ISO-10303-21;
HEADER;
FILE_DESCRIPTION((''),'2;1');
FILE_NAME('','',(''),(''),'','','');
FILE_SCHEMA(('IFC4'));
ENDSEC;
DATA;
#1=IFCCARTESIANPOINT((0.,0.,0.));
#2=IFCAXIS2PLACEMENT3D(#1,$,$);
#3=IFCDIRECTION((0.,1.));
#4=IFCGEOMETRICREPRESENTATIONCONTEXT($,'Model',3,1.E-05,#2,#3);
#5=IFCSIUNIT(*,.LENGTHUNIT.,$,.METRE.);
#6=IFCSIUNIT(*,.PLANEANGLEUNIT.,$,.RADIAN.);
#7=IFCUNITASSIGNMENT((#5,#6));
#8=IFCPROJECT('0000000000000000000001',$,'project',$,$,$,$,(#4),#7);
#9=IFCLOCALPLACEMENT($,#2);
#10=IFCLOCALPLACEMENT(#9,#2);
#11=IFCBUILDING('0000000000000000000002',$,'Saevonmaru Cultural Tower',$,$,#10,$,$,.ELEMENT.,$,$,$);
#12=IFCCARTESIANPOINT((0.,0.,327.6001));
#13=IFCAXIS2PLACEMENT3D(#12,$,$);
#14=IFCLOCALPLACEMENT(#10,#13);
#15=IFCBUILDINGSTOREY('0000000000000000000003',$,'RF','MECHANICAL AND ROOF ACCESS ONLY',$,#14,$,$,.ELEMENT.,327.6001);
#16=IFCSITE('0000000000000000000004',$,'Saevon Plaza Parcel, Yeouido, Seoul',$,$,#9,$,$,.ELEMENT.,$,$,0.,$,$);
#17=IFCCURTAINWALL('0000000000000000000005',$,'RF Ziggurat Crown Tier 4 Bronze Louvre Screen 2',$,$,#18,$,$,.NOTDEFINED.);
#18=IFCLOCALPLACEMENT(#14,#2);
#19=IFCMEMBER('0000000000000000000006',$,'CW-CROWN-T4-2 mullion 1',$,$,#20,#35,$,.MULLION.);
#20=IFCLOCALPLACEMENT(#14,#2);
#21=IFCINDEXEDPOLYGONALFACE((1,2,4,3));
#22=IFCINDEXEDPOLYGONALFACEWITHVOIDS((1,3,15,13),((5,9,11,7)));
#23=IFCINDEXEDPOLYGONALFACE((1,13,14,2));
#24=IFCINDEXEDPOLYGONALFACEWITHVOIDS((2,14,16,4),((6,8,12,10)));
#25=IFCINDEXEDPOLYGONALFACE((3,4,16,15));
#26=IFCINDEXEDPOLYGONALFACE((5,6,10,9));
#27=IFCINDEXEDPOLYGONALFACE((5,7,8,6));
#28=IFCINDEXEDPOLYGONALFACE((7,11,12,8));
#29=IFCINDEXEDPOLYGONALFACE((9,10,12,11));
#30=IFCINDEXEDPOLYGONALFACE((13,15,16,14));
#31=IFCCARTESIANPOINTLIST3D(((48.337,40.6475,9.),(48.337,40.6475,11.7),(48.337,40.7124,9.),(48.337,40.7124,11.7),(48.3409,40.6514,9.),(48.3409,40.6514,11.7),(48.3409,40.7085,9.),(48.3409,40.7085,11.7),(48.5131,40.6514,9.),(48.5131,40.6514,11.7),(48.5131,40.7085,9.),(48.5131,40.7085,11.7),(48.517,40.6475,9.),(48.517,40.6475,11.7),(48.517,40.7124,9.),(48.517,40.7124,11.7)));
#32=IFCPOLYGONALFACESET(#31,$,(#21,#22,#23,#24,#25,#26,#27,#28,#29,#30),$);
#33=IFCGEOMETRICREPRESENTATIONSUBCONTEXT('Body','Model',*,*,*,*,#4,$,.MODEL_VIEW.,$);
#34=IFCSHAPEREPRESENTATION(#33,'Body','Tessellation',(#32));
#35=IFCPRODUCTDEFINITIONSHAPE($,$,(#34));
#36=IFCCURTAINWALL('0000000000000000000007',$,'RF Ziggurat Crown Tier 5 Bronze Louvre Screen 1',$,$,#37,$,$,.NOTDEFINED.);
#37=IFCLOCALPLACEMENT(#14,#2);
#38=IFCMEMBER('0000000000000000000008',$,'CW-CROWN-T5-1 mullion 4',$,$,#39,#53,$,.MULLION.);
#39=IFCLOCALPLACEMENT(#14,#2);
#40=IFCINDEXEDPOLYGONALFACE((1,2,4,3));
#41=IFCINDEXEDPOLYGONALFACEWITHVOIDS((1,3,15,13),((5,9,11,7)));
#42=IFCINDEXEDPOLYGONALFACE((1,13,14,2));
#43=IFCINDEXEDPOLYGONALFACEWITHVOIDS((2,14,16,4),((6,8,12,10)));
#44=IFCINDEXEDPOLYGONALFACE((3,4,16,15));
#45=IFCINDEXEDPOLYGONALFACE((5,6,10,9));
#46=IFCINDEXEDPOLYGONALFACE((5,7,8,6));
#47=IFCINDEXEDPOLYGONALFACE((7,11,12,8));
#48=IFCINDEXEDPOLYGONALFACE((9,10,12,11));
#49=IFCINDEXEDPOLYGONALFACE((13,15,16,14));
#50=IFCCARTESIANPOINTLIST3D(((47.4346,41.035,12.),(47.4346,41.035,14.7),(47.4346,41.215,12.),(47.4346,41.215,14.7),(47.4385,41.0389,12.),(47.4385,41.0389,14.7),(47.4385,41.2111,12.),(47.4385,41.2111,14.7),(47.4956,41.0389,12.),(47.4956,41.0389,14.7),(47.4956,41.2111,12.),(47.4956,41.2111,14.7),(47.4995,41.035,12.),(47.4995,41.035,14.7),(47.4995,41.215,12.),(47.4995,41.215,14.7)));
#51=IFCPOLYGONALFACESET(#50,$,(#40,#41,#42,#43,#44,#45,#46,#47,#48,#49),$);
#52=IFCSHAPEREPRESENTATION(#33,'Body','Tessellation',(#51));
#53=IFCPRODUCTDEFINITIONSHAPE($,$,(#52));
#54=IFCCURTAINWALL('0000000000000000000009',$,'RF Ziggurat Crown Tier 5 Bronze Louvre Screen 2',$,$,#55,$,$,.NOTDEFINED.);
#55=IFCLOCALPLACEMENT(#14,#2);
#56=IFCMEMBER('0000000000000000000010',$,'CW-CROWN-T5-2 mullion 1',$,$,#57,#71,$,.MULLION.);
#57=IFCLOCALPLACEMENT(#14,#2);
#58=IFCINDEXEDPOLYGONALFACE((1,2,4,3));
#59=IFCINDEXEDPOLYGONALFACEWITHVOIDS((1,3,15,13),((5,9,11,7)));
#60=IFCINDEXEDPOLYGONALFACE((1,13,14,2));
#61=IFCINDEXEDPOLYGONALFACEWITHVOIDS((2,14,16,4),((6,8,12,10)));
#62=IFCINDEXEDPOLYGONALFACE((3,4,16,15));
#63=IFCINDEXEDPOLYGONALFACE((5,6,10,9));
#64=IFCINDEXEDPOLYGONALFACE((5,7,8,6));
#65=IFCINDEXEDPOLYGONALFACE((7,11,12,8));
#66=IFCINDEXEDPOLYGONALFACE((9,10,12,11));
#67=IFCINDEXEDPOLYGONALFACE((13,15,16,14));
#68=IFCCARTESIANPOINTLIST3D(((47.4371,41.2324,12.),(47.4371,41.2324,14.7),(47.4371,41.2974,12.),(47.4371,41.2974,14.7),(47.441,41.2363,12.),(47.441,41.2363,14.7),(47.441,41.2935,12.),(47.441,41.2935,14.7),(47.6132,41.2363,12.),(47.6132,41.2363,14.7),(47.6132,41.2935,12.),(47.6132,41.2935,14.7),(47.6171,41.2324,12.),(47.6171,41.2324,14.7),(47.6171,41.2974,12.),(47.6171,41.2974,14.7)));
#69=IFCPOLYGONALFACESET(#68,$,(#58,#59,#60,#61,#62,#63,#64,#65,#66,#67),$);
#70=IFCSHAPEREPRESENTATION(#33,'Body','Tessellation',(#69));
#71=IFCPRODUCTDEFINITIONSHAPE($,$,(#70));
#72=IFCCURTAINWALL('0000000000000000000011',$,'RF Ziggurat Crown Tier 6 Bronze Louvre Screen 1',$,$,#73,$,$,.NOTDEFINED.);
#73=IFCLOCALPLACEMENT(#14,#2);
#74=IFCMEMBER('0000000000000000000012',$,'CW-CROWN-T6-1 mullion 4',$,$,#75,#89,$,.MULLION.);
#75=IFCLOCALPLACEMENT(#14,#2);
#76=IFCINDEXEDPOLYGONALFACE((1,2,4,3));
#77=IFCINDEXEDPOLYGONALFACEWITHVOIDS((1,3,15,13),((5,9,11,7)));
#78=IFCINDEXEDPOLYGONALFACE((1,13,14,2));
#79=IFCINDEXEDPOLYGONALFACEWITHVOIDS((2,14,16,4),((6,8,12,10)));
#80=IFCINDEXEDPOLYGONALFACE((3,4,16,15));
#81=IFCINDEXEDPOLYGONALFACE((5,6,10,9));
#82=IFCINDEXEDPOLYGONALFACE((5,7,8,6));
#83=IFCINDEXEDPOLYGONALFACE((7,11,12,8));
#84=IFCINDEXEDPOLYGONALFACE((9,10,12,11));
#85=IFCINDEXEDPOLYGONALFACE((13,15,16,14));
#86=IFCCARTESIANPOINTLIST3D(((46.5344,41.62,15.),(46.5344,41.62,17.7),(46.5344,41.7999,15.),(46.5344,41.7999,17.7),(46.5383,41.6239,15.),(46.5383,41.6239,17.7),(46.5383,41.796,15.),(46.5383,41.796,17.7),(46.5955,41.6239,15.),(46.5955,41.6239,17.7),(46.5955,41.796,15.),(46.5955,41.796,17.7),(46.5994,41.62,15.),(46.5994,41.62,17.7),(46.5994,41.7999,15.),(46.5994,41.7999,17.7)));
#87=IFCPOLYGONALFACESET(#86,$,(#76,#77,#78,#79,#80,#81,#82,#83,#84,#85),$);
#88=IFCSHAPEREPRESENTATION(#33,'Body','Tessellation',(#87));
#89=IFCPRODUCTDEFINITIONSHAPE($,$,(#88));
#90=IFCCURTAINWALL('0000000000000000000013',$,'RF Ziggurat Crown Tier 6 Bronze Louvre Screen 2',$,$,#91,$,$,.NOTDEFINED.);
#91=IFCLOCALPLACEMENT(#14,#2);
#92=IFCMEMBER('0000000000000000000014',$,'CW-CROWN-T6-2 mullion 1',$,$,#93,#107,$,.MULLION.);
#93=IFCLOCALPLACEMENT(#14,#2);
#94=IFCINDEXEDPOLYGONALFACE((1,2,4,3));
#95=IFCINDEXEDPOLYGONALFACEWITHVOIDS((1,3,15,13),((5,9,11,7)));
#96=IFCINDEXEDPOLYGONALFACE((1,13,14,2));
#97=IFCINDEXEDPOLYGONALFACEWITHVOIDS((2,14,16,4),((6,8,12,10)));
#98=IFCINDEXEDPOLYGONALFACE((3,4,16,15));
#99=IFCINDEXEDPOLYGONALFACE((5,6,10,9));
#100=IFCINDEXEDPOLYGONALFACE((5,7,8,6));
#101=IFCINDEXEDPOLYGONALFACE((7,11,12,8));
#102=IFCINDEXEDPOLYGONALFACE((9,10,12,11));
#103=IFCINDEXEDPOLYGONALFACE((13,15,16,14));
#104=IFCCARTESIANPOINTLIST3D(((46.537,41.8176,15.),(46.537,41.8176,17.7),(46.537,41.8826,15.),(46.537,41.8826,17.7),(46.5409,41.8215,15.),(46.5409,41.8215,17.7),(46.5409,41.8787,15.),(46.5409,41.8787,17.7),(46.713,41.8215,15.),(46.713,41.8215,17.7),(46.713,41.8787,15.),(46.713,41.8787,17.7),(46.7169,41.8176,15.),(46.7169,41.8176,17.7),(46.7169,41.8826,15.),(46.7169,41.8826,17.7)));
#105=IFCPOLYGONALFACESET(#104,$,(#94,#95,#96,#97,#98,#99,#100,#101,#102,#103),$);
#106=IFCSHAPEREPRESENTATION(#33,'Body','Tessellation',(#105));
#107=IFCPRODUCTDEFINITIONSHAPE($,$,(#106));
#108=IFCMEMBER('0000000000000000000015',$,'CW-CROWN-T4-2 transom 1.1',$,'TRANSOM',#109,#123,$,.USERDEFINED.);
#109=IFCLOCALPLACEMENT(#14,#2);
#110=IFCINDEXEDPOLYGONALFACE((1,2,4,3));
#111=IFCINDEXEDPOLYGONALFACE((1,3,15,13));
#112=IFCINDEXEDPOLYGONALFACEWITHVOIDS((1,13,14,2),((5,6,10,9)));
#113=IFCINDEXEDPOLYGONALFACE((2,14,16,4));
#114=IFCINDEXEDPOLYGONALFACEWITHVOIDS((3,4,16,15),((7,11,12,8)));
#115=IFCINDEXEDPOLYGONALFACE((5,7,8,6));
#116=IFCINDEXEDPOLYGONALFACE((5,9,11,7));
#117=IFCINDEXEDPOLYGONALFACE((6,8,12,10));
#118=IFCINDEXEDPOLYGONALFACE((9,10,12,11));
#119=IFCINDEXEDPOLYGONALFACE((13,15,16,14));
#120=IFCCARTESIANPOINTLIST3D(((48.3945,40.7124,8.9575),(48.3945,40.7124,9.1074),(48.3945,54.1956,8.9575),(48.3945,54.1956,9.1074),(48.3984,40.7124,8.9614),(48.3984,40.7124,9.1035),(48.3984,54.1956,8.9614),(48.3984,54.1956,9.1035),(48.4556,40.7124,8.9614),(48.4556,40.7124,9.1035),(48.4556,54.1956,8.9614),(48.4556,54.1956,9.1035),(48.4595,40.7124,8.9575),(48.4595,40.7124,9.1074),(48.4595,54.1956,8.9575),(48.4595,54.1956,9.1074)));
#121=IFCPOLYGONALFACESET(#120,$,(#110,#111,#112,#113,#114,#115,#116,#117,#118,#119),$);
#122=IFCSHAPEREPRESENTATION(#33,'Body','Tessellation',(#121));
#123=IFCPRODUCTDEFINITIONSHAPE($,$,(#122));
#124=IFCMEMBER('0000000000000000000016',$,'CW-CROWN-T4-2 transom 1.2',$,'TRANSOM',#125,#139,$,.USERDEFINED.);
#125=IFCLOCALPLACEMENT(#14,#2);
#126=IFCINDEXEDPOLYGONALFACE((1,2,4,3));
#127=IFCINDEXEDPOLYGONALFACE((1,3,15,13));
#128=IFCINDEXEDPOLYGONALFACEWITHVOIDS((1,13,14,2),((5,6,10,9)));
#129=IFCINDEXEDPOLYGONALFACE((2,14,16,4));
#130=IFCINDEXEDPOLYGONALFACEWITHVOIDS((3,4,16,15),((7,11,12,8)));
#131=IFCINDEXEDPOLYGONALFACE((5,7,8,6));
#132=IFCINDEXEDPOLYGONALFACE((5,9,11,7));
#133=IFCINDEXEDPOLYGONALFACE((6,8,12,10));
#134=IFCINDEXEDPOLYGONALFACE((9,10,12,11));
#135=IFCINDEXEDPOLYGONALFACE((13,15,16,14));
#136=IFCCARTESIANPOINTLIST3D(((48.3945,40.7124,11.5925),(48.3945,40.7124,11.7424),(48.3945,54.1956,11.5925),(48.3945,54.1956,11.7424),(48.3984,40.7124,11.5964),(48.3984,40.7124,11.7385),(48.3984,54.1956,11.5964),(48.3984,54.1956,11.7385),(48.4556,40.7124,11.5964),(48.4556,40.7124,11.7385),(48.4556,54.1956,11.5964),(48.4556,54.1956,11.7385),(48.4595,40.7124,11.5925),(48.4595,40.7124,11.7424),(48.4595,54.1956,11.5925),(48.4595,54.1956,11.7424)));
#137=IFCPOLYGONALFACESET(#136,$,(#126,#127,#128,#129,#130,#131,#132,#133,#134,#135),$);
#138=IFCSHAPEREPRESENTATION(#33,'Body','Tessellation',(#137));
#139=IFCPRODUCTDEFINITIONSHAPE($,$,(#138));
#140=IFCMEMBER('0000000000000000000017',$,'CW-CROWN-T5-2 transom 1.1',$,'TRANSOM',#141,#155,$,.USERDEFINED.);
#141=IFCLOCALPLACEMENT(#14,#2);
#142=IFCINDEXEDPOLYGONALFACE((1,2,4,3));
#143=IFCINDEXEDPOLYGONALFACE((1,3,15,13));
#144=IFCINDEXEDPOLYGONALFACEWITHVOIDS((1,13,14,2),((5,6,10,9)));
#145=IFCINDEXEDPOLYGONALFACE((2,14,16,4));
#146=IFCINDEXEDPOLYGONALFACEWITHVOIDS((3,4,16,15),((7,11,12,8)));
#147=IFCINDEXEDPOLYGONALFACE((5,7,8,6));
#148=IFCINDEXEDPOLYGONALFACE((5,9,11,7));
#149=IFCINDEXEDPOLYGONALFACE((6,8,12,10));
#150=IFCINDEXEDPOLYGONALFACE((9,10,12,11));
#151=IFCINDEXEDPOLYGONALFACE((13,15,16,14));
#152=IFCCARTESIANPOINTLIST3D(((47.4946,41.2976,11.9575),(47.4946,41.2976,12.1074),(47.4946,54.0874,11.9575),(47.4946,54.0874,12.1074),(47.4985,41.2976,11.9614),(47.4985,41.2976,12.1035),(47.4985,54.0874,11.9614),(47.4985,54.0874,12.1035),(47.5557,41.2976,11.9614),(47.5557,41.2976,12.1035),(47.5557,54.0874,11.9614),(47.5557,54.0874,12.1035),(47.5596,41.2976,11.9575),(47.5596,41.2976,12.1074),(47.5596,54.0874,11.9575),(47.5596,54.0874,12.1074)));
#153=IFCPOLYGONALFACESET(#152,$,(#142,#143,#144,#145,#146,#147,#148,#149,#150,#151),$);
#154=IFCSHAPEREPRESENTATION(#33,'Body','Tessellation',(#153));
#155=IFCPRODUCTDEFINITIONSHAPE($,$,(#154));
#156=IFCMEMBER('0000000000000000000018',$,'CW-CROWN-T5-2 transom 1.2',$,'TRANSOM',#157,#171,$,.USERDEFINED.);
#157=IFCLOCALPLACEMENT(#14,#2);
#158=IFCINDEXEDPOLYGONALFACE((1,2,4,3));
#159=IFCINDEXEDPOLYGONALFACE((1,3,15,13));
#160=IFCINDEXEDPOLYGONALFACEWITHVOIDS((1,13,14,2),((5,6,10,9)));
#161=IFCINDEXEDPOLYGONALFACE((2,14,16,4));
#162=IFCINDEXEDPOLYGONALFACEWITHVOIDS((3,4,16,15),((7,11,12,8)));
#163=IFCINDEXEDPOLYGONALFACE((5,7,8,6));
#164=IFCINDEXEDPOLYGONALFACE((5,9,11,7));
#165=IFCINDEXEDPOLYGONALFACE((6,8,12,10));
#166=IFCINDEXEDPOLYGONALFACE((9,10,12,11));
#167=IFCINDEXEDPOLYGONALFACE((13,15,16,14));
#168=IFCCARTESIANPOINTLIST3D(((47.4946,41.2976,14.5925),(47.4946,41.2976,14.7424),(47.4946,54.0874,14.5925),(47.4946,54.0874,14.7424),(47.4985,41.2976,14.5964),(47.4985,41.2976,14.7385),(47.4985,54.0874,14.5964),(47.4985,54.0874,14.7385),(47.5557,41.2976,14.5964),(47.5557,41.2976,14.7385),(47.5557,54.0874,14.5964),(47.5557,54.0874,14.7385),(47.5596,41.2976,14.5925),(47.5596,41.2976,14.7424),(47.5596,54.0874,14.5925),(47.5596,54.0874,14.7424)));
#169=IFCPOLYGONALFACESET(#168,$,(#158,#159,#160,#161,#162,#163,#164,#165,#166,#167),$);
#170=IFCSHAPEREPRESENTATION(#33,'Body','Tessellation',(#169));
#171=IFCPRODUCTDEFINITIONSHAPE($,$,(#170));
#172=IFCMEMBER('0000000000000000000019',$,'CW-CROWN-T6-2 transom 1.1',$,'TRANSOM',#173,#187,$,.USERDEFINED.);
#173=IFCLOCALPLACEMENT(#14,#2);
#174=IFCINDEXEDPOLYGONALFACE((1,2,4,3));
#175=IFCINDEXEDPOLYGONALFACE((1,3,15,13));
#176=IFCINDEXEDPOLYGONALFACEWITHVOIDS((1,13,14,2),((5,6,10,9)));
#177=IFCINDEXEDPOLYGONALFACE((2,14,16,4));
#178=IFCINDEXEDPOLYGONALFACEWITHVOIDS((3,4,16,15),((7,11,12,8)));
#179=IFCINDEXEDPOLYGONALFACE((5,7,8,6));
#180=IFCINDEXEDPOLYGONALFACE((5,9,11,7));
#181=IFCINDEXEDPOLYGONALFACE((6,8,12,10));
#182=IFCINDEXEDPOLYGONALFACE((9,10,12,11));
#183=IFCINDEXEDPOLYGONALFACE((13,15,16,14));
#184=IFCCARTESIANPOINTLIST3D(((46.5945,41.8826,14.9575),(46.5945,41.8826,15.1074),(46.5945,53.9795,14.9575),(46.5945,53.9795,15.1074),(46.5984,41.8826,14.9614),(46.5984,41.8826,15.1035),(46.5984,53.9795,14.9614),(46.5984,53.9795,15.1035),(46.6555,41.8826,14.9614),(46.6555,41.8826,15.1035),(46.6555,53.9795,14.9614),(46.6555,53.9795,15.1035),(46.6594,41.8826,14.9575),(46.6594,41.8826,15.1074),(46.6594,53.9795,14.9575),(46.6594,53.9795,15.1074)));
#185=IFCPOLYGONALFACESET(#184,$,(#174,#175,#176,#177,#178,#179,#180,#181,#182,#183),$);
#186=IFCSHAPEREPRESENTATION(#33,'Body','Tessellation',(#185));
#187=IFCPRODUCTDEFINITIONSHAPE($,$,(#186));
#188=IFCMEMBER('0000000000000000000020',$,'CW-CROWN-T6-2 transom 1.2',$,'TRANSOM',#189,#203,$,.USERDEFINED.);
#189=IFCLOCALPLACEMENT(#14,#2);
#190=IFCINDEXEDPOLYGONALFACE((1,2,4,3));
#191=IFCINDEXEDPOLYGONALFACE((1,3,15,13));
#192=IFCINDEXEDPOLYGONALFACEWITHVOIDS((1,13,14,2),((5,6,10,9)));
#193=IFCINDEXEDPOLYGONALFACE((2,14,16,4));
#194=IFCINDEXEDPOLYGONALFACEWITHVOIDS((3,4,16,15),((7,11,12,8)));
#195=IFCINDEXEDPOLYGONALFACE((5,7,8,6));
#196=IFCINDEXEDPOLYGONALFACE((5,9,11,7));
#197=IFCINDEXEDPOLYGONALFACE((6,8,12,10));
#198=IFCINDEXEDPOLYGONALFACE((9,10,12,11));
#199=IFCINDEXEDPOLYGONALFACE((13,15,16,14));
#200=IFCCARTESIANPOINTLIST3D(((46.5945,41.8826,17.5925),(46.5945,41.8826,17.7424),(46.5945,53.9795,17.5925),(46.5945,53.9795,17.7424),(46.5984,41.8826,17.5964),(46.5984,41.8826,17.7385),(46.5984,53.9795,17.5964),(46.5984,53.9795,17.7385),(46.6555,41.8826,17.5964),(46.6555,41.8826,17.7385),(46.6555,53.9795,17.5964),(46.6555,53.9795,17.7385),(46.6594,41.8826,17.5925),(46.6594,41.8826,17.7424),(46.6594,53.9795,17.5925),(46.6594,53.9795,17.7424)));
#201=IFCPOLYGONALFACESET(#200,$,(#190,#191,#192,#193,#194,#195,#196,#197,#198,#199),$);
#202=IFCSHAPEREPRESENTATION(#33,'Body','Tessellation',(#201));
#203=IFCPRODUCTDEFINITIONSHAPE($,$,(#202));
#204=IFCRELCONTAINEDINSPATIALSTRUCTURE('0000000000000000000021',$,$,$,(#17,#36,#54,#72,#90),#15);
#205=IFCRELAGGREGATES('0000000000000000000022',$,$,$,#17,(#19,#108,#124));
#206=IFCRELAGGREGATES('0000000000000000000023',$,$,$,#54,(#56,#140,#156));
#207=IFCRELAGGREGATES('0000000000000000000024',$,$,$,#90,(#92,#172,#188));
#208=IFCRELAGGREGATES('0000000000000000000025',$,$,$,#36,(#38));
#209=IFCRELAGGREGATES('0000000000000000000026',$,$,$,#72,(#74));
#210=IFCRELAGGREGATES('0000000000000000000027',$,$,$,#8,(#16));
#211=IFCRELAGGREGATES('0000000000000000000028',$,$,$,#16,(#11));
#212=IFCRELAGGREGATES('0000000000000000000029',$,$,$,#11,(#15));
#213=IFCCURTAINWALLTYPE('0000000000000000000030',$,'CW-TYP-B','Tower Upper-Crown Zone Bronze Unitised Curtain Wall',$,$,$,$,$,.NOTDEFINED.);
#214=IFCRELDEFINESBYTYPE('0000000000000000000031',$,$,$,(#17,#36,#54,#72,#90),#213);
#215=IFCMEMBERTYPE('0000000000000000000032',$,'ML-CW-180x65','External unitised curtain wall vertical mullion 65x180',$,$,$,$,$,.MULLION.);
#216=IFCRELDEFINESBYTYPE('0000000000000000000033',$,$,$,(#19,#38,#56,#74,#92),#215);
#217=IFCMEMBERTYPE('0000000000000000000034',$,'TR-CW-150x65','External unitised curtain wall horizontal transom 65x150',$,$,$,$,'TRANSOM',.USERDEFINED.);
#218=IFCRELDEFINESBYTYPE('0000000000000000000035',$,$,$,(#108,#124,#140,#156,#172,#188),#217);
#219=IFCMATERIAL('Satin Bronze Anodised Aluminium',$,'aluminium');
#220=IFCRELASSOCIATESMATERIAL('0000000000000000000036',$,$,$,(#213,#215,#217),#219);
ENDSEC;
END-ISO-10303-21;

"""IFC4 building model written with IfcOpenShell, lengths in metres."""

from ifc_helpers import new_model, si_unit, direction, frame, origin, origin_2d, place, context, subcontext, project, spatial, hollow_rectangle, extrude, material, material_profile, profile_set, type_object, element, aggregate, save


model = new_model("IFC4")

# Units and contexts
model_context = context("Model", 3, precision=1e-05, world=origin(), true_north=direction((0.0, 1.0)))
body_context = subcontext(model_context, "Body", "Model", "MODEL_VIEW")
ifc_project = project(units=[si_unit("LENGTHUNIT", "METRE"), si_unit("PLANEANGLEUNIT", "RADIAN")], contexts=[model_context])

# Site, building, storey
site_placement = place(None, origin())
site = spatial("IfcSite", under=ifc_project, at=site_placement, Name="Saevon Plaza Parcel, Yeouido, Seoul", CompositionType="ELEMENT", RefElevation=0.0)
building_placement = place(site_placement, origin())
building = spatial("IfcBuilding", under=site, at=building_placement, Name="Saevonmaru Cultural Tower", CompositionType="ELEMENT")
storey_placement = place(building_placement, frame((0.0, 0.0, 327.6001)))
storey = spatial("IfcBuildingStorey", under=building, at=storey_placement, Name="RF", Description="MECHANICAL AND ROOF ACCESS ONLY", CompositionType="ELEMENT", Elevation=327.6001)

# Curtain walls, members
ifc_material_1 = material(Name="Satin Bronze Anodised Aluminium", Category="aluminium")
curtain_wall_type = type_object("IfcCurtainWallType", Name="CW-TYP-B", Description="Tower Upper-Crown Zone Bronze Unitised Curtain Wall", PredefinedType="NOTDEFINED", material=ifc_material_1)
ifc_material_profile_1 = material_profile(ifc_material_1, hollow_rectangle(XDim=0.0649, YDim=0.1799, WallThickness=0.0039, at=origin_2d()), Name="ALU-MULL-180x65x4")
ifc_profile_set_1 = profile_set([ifc_material_profile_1], Name="Satin Bronze Anodised Aluminium")
member_type_1 = type_object("IfcMemberType", Name="ML-CW-180x65", Description="External unitised curtain wall vertical mullion 65x180", PredefinedType="MULLION", material=ifc_profile_set_1)
curtain_wall_1_placement = place(storey_placement, origin())
curtain_wall_1 = element("IfcCurtainWall", 1, at=curtain_wall_1_placement, inside=storey, type_object=curtain_wall_type, Name="RF Ziggurat Crown Tier 4 Bronze Louvre Screen 2", PredefinedType="NOTDEFINED")
member_1_placement = place(storey_placement, frame((48.427, 40.6799, 9.0), z_axis=(0.0, 0.0, 1.0), x_axis=(0.0, 1.0, 0.0)))
member_1 = element("IfcMember", 2, at=member_1_placement, type_object=member_type_1, Name="CW-CROWN-T4-2 mullion 1", PredefinedType="MULLION", context=body_context, shape_type="SweptSolid", body=[
    extrude(hollow_rectangle(XDim=0.0649, YDim=0.1799, WallThickness=0.0039, at=origin_2d()), origin(), (0.0, 0.0, 1.0), 2.7),
])
curtain_wall_2_placement = place(storey_placement, origin())
curtain_wall_2 = element("IfcCurtainWall", 3, at=curtain_wall_2_placement, inside=storey, type_object=curtain_wall_type, Name="RF Ziggurat Crown Tier 5 Bronze Louvre Screen 1", PredefinedType="NOTDEFINED")
member_2_placement = place(storey_placement, frame((47.467, 41.125, 12.0), z_axis=(0.0, 0.0, 1.0), x_axis=(1.0, 0.0, 0.0)))
member_2 = element("IfcMember", 4, at=member_2_placement, type_object=member_type_1, Name="CW-CROWN-T5-1 mullion 4", PredefinedType="MULLION", context=body_context, shape_type="SweptSolid", body=[
    extrude(hollow_rectangle(XDim=0.0649, YDim=0.1799, WallThickness=0.0039, at=origin_2d()), origin(), (0.0, 0.0, 1.0), 2.7),
])
curtain_wall_3_placement = place(storey_placement, origin())
curtain_wall_3 = element("IfcCurtainWall", 5, at=curtain_wall_3_placement, inside=storey, type_object=curtain_wall_type, Name="RF Ziggurat Crown Tier 5 Bronze Louvre Screen 2", PredefinedType="NOTDEFINED")
member_3_placement = place(storey_placement, frame((47.5271, 41.2649, 12.0), z_axis=(0.0, 0.0, 1.0), x_axis=(0.0, 1.0, 0.0)))
member_3 = element("IfcMember", 6, at=member_3_placement, type_object=member_type_1, Name="CW-CROWN-T5-2 mullion 1", PredefinedType="MULLION", context=body_context, shape_type="SweptSolid", body=[
    extrude(hollow_rectangle(XDim=0.0649, YDim=0.1799, WallThickness=0.0039, at=origin_2d()), origin(), (0.0, 0.0, 1.0), 2.7),
])
curtain_wall_4_placement = place(storey_placement, origin())
curtain_wall_4 = element("IfcCurtainWall", 7, at=curtain_wall_4_placement, inside=storey, type_object=curtain_wall_type, Name="RF Ziggurat Crown Tier 6 Bronze Louvre Screen 1", PredefinedType="NOTDEFINED")
member_4_placement = place(storey_placement, frame((46.5669, 41.71, 15.0), z_axis=(0.0, 0.0, 1.0), x_axis=(1.0, 0.0, 0.0)))
member_4 = element("IfcMember", 8, at=member_4_placement, type_object=member_type_1, Name="CW-CROWN-T6-1 mullion 4", PredefinedType="MULLION", context=body_context, shape_type="SweptSolid", body=[
    extrude(hollow_rectangle(XDim=0.0649, YDim=0.1799, WallThickness=0.0039, at=origin_2d()), origin(), (0.0, 0.0, 1.0), 2.7),
])
curtain_wall_5_placement = place(storey_placement, origin())
curtain_wall_5 = element("IfcCurtainWall", 9, at=curtain_wall_5_placement, inside=storey, type_object=curtain_wall_type, Name="RF Ziggurat Crown Tier 6 Bronze Louvre Screen 2", PredefinedType="NOTDEFINED")
member_5_placement = place(storey_placement, frame((46.627, 41.8501, 15.0), z_axis=(0.0, 0.0, 1.0), x_axis=(0.0, 1.0, 0.0)))
member_5 = element("IfcMember", 10, at=member_5_placement, type_object=member_type_1, Name="CW-CROWN-T6-2 mullion 1", PredefinedType="MULLION", context=body_context, shape_type="SweptSolid", body=[
    extrude(hollow_rectangle(XDim=0.0649, YDim=0.1799, WallThickness=0.0039, at=origin_2d()), origin(), (0.0, 0.0, 1.0), 2.7),
])

# Members
ifc_material_profile_2 = material_profile(ifc_material_1, hollow_rectangle(XDim=0.0649, YDim=0.1499, WallThickness=0.0039, at=origin_2d()), Name="ALU-TRAN-150x65x4")
ifc_profile_set_2 = profile_set([ifc_material_profile_2], Name="Satin Bronze Anodised Aluminium")
member_type_2 = type_object("IfcMemberType", Name="TR-CW-150x65", Description="External unitised curtain wall horizontal transom 65x150", ElementType="TRANSOM", PredefinedType="USERDEFINED", material=ifc_profile_set_2)
member_6_placement = place(storey_placement, frame((48.427, 40.7124, 9.0325), z_axis=(0.0, 1.0, 0.0), x_axis=(-1.0, 0.0, 0.0)))
member_6 = element("IfcMember", 11, at=member_6_placement, type_object=member_type_2, Name="CW-CROWN-T4-2 transom 1.1", ObjectType="TRANSOM", PredefinedType="USERDEFINED", context=body_context, shape_type="SweptSolid", body=[
    extrude(hollow_rectangle(XDim=0.0649, YDim=0.1499, WallThickness=0.0039, at=origin_2d()), origin(), (0.0, 0.0, 1.0), 13.4832),
])
member_7_placement = place(storey_placement, frame((48.427, 40.7124, 11.6675), z_axis=(0.0, 1.0, 0.0), x_axis=(-1.0, 0.0, 0.0)))
member_7 = element("IfcMember", 12, at=member_7_placement, type_object=member_type_2, Name="CW-CROWN-T4-2 transom 1.2", ObjectType="TRANSOM", PredefinedType="USERDEFINED", context=body_context, shape_type="SweptSolid", body=[
    extrude(hollow_rectangle(XDim=0.0649, YDim=0.1499, WallThickness=0.0039, at=origin_2d()), origin(), (0.0, 0.0, 1.0), 13.4832),
])
aggregate(curtain_wall_1, [member_1, member_6, member_7])
member_8_placement = place(storey_placement, frame((47.5271, 41.2976, 12.0325), z_axis=(0.0, 1.0, 0.0), x_axis=(-1.0, 0.0, 0.0)))
member_8 = element("IfcMember", 13, at=member_8_placement, type_object=member_type_2, Name="CW-CROWN-T5-2 transom 1.1", ObjectType="TRANSOM", PredefinedType="USERDEFINED", context=body_context, shape_type="SweptSolid", body=[
    extrude(hollow_rectangle(XDim=0.0649, YDim=0.1499, WallThickness=0.0039, at=origin_2d()), origin(), (0.0, 0.0, 1.0), 12.7898),
])
member_9_placement = place(storey_placement, frame((47.5271, 41.2976, 14.6675), z_axis=(0.0, 1.0, 0.0), x_axis=(-1.0, 0.0, 0.0)))
member_9 = element("IfcMember", 14, at=member_9_placement, type_object=member_type_2, Name="CW-CROWN-T5-2 transom 1.2", ObjectType="TRANSOM", PredefinedType="USERDEFINED", context=body_context, shape_type="SweptSolid", body=[
    extrude(hollow_rectangle(XDim=0.0649, YDim=0.1499, WallThickness=0.0039, at=origin_2d()), origin(), (0.0, 0.0, 1.0), 12.7898),
])
aggregate(curtain_wall_3, [member_3, member_8, member_9])
member_10_placement = place(storey_placement, frame((46.627, 41.8826, 15.0325), z_axis=(0.0, 1.0, 0.0), x_axis=(-1.0, 0.0, 0.0)))
member_10 = element("IfcMember", 15, at=member_10_placement, type_object=member_type_2, Name="CW-CROWN-T6-2 transom 1.1", ObjectType="TRANSOM", PredefinedType="USERDEFINED", context=body_context, shape_type="SweptSolid", body=[
    extrude(hollow_rectangle(XDim=0.0649, YDim=0.1499, WallThickness=0.0039, at=origin_2d()), origin(), (0.0, 0.0, 1.0), 12.0969),
])
member_11_placement = place(storey_placement, frame((46.627, 41.8826, 17.6675), z_axis=(0.0, 1.0, 0.0), x_axis=(-1.0, 0.0, 0.0)))
member_11 = element("IfcMember", 16, at=member_11_placement, type_object=member_type_2, Name="CW-CROWN-T6-2 transom 1.2", ObjectType="TRANSOM", PredefinedType="USERDEFINED", context=body_context, shape_type="SweptSolid", body=[
    extrude(hollow_rectangle(XDim=0.0649, YDim=0.1499, WallThickness=0.0039, at=origin_2d()), origin(), (0.0, 0.0, 1.0), 12.0969),
])
aggregate(curtain_wall_5, [member_5, member_10, member_11])

aggregate(curtain_wall_2, [member_2])
aggregate(curtain_wall_4, [member_4])

save(model, "model.ifc")
